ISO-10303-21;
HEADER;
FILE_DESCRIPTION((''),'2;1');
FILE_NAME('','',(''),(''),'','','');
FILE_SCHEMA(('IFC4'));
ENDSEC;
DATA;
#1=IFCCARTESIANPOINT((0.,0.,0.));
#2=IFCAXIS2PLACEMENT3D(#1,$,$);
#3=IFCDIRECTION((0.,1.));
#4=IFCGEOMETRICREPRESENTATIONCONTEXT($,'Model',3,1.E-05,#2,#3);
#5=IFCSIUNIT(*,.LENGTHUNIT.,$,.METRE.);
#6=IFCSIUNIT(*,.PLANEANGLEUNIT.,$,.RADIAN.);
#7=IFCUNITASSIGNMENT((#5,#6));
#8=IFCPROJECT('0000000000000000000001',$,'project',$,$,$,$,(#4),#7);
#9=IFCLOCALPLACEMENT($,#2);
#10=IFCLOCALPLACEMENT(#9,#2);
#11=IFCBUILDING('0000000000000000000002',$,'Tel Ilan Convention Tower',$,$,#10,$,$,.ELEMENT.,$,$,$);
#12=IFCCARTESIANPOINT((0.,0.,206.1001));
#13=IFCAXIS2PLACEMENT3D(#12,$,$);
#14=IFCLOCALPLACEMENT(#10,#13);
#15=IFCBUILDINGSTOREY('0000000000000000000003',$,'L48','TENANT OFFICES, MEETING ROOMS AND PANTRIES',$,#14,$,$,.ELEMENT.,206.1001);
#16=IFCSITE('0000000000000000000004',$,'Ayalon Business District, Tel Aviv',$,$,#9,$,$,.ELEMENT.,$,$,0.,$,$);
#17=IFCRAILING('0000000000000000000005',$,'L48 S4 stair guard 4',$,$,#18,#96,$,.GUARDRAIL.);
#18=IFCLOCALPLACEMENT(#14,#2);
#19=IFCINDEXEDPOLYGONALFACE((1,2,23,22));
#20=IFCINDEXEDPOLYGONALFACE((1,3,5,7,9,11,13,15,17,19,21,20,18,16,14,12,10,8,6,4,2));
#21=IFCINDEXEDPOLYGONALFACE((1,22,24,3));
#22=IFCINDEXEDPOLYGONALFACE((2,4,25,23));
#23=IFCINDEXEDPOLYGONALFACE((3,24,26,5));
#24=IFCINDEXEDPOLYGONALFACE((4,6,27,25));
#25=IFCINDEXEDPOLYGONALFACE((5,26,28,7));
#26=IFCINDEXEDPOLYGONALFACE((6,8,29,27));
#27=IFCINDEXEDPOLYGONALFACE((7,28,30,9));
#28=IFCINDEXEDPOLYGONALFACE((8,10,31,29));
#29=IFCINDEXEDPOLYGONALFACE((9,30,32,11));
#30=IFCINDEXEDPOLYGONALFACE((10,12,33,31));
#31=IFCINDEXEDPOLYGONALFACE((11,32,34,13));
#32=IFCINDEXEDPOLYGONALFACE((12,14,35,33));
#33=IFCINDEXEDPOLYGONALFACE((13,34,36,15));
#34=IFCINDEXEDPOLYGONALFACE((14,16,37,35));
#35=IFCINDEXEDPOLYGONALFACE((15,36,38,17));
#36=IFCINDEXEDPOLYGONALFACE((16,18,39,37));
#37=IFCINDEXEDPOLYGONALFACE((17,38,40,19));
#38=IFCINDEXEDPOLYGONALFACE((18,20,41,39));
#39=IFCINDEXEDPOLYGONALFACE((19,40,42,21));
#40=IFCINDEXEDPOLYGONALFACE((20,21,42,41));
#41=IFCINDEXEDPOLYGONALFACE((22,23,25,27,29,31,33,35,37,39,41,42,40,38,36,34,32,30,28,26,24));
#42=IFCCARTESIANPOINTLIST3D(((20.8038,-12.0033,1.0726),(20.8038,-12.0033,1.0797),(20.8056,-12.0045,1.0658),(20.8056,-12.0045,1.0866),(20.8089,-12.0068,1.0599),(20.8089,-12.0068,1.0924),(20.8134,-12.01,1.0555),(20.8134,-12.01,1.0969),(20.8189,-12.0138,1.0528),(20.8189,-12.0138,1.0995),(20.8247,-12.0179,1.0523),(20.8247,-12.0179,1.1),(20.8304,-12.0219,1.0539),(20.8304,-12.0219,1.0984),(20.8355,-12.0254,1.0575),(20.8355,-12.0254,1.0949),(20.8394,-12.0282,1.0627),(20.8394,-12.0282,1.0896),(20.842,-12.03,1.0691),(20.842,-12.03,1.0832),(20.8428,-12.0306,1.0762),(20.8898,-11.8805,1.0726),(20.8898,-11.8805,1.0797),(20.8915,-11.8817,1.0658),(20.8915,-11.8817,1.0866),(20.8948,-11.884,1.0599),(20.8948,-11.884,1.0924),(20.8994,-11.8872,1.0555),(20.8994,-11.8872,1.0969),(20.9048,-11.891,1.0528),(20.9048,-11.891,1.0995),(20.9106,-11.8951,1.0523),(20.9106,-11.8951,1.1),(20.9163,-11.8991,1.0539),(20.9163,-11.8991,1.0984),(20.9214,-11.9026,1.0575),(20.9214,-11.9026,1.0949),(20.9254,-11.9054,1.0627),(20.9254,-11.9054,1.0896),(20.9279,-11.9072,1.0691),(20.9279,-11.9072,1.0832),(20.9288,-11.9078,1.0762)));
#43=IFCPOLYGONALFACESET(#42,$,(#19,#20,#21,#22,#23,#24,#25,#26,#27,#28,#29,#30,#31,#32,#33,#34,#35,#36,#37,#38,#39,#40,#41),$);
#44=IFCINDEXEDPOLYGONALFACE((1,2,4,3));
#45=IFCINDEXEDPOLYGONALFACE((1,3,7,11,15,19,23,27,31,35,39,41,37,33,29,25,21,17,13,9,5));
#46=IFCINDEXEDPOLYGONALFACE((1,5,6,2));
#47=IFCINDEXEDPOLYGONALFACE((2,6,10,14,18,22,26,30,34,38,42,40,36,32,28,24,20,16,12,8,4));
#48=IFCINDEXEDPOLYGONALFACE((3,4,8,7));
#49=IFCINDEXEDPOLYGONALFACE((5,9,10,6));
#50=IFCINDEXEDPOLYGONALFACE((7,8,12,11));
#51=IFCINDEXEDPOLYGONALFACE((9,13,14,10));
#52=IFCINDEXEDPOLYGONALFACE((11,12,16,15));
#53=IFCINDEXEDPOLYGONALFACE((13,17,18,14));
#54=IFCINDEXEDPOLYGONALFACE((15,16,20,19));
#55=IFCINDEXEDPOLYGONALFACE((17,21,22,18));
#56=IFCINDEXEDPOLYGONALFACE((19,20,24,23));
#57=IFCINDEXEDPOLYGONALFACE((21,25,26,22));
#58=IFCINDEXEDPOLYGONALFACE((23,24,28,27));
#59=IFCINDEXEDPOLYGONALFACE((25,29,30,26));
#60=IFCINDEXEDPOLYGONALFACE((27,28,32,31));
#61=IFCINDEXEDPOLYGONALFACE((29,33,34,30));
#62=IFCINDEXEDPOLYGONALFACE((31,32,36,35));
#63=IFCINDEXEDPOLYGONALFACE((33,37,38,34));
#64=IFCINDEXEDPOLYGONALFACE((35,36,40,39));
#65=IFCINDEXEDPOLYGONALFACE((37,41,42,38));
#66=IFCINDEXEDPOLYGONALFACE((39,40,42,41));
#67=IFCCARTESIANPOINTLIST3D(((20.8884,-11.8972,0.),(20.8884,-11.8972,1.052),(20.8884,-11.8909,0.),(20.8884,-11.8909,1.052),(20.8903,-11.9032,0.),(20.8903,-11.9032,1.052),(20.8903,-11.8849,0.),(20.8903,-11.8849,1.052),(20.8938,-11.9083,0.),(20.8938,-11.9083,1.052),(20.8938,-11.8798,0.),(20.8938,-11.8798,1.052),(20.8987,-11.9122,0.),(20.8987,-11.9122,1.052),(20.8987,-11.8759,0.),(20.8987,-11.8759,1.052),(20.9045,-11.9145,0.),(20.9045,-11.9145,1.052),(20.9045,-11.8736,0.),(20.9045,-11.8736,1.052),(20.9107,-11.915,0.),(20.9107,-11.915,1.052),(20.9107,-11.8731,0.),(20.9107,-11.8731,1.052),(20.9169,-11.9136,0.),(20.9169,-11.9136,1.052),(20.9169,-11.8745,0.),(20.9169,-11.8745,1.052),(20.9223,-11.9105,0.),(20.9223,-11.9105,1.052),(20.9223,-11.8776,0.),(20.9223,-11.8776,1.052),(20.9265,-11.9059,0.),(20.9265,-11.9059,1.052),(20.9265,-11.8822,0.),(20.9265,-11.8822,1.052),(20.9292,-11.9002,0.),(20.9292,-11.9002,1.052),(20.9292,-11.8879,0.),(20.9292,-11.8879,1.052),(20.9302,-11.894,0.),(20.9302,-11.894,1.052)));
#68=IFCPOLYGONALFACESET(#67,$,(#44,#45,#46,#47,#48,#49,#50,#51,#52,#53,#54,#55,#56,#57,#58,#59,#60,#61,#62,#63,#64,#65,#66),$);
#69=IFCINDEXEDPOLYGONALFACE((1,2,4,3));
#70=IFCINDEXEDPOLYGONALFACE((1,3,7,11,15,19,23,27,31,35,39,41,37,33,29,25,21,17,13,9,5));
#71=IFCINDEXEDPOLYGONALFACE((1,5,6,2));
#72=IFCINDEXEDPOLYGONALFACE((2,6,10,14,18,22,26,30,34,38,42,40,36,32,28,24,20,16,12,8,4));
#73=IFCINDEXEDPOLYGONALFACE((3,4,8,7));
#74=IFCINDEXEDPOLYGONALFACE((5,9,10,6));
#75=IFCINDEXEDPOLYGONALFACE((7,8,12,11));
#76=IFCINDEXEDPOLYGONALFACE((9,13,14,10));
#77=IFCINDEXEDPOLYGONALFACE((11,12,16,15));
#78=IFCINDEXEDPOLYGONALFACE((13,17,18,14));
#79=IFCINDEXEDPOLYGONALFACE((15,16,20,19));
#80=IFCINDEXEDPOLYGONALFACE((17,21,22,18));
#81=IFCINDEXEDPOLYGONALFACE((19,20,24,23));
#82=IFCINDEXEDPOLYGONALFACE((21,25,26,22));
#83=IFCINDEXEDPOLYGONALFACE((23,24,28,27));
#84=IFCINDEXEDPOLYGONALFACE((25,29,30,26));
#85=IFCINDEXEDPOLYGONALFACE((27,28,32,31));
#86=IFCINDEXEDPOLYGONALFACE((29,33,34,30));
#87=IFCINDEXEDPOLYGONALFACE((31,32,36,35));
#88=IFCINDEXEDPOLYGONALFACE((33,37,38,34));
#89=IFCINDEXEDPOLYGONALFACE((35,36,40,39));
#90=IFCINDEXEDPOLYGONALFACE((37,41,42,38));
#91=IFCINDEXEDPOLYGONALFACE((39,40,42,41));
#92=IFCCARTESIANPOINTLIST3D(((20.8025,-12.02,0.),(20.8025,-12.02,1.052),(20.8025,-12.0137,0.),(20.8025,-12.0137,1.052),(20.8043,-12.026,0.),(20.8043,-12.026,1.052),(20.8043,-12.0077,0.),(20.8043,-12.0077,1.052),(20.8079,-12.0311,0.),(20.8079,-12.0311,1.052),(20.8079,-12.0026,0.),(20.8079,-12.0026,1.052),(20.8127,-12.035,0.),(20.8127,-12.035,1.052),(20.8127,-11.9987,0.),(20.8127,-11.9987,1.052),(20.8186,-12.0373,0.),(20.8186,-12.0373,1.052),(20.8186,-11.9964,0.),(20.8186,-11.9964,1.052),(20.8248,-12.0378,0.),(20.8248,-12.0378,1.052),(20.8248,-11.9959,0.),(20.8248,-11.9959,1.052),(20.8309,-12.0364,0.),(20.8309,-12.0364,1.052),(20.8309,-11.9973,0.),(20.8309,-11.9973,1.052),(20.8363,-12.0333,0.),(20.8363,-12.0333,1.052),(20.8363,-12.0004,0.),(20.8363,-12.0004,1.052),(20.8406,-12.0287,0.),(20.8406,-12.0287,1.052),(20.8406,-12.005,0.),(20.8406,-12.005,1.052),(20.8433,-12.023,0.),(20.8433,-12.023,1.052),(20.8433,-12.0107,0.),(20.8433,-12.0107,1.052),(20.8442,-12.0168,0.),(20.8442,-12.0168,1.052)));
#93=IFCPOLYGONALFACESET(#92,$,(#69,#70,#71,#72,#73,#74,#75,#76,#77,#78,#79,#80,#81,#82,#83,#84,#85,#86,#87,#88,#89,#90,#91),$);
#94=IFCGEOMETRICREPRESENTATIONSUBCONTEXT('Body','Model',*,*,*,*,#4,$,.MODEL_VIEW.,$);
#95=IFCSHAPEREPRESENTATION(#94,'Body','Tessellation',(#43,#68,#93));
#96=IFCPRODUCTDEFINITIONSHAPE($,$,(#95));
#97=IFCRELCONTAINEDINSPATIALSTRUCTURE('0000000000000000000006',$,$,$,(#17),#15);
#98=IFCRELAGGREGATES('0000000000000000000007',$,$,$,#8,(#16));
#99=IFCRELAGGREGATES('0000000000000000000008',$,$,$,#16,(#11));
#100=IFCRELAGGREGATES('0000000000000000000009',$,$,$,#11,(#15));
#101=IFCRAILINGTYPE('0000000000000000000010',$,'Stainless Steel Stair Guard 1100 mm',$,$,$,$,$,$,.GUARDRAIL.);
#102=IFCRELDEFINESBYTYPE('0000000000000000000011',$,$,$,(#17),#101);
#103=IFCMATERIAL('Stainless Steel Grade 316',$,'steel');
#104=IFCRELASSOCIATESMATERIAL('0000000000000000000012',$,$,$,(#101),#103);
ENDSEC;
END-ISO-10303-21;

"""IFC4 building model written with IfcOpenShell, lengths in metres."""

from ifc_helpers import new_model, si_unit, direction, frame, origin, origin_2d, place, context, subcontext, project, spatial, circle, extrude, material, type_object, element, save


model = new_model("IFC4")

# Units and contexts
model_context = context("Model", 3, precision=1e-05, world=origin(), true_north=direction((0.0, 1.0)))
body_context = subcontext(model_context, "Body", "Model", "MODEL_VIEW")
ifc_project = project(units=[si_unit("LENGTHUNIT", "METRE"), si_unit("PLANEANGLEUNIT", "RADIAN")], contexts=[model_context])

# Site, building, storey
site_placement = place(None, origin())
site = spatial("IfcSite", under=ifc_project, at=site_placement, Name="Ayalon Business District, Tel Aviv", CompositionType="ELEMENT", RefElevation=0.0)
building_placement = place(site_placement, origin())
building = spatial("IfcBuilding", under=site, at=building_placement, Name="Tel Ilan Convention Tower", CompositionType="ELEMENT")
storey_placement = place(building_placement, frame((0.0, 0.0, 206.1001)))
storey = spatial("IfcBuildingStorey", under=building, at=storey_placement, Name="L48", Description="TENANT OFFICES, MEETING ROOMS AND PANTRIES", CompositionType="ELEMENT", Elevation=206.1001)

# Railing
ifc_material_1 = material(Name="Stainless Steel Grade 316", Category="steel")
railing_type_1 = type_object("IfcRailingType", Name="Stainless Steel Stair Guard 1100 mm", PredefinedType="GUARDRAIL", material=ifc_material_1)
railing_1_placement = place(storey_placement, frame((20.9092, -11.894, 0.0)))
element("IfcRailing", 1, at=railing_1_placement, inside=storey, type_object=railing_type_1, Name="L48 S4 stair guard 4", PredefinedType="GUARDRAIL", context=body_context, shape_type="SweptSolid", body=[
    extrude(circle(Radius=0.0239, at=origin_2d()), frame((0.0, 0.0, 1.0762), z_axis=(-0.573353, -0.819308, 0.0), x_axis=(0.819308, -0.573353, 0.0)), (0.0, 0.0, 1.0), 0.1499),
    extrude(circle(Radius=0.021, at=origin_2d()), origin(), (0.0, 0.0, 1.0), 1.052),
    extrude(circle(Radius=0.021, at=origin_2d()), frame((-0.0859, -0.1228, 0.0)), (0.0, 0.0, 1.0), 1.052),
])

save(model, "model.ifc")
